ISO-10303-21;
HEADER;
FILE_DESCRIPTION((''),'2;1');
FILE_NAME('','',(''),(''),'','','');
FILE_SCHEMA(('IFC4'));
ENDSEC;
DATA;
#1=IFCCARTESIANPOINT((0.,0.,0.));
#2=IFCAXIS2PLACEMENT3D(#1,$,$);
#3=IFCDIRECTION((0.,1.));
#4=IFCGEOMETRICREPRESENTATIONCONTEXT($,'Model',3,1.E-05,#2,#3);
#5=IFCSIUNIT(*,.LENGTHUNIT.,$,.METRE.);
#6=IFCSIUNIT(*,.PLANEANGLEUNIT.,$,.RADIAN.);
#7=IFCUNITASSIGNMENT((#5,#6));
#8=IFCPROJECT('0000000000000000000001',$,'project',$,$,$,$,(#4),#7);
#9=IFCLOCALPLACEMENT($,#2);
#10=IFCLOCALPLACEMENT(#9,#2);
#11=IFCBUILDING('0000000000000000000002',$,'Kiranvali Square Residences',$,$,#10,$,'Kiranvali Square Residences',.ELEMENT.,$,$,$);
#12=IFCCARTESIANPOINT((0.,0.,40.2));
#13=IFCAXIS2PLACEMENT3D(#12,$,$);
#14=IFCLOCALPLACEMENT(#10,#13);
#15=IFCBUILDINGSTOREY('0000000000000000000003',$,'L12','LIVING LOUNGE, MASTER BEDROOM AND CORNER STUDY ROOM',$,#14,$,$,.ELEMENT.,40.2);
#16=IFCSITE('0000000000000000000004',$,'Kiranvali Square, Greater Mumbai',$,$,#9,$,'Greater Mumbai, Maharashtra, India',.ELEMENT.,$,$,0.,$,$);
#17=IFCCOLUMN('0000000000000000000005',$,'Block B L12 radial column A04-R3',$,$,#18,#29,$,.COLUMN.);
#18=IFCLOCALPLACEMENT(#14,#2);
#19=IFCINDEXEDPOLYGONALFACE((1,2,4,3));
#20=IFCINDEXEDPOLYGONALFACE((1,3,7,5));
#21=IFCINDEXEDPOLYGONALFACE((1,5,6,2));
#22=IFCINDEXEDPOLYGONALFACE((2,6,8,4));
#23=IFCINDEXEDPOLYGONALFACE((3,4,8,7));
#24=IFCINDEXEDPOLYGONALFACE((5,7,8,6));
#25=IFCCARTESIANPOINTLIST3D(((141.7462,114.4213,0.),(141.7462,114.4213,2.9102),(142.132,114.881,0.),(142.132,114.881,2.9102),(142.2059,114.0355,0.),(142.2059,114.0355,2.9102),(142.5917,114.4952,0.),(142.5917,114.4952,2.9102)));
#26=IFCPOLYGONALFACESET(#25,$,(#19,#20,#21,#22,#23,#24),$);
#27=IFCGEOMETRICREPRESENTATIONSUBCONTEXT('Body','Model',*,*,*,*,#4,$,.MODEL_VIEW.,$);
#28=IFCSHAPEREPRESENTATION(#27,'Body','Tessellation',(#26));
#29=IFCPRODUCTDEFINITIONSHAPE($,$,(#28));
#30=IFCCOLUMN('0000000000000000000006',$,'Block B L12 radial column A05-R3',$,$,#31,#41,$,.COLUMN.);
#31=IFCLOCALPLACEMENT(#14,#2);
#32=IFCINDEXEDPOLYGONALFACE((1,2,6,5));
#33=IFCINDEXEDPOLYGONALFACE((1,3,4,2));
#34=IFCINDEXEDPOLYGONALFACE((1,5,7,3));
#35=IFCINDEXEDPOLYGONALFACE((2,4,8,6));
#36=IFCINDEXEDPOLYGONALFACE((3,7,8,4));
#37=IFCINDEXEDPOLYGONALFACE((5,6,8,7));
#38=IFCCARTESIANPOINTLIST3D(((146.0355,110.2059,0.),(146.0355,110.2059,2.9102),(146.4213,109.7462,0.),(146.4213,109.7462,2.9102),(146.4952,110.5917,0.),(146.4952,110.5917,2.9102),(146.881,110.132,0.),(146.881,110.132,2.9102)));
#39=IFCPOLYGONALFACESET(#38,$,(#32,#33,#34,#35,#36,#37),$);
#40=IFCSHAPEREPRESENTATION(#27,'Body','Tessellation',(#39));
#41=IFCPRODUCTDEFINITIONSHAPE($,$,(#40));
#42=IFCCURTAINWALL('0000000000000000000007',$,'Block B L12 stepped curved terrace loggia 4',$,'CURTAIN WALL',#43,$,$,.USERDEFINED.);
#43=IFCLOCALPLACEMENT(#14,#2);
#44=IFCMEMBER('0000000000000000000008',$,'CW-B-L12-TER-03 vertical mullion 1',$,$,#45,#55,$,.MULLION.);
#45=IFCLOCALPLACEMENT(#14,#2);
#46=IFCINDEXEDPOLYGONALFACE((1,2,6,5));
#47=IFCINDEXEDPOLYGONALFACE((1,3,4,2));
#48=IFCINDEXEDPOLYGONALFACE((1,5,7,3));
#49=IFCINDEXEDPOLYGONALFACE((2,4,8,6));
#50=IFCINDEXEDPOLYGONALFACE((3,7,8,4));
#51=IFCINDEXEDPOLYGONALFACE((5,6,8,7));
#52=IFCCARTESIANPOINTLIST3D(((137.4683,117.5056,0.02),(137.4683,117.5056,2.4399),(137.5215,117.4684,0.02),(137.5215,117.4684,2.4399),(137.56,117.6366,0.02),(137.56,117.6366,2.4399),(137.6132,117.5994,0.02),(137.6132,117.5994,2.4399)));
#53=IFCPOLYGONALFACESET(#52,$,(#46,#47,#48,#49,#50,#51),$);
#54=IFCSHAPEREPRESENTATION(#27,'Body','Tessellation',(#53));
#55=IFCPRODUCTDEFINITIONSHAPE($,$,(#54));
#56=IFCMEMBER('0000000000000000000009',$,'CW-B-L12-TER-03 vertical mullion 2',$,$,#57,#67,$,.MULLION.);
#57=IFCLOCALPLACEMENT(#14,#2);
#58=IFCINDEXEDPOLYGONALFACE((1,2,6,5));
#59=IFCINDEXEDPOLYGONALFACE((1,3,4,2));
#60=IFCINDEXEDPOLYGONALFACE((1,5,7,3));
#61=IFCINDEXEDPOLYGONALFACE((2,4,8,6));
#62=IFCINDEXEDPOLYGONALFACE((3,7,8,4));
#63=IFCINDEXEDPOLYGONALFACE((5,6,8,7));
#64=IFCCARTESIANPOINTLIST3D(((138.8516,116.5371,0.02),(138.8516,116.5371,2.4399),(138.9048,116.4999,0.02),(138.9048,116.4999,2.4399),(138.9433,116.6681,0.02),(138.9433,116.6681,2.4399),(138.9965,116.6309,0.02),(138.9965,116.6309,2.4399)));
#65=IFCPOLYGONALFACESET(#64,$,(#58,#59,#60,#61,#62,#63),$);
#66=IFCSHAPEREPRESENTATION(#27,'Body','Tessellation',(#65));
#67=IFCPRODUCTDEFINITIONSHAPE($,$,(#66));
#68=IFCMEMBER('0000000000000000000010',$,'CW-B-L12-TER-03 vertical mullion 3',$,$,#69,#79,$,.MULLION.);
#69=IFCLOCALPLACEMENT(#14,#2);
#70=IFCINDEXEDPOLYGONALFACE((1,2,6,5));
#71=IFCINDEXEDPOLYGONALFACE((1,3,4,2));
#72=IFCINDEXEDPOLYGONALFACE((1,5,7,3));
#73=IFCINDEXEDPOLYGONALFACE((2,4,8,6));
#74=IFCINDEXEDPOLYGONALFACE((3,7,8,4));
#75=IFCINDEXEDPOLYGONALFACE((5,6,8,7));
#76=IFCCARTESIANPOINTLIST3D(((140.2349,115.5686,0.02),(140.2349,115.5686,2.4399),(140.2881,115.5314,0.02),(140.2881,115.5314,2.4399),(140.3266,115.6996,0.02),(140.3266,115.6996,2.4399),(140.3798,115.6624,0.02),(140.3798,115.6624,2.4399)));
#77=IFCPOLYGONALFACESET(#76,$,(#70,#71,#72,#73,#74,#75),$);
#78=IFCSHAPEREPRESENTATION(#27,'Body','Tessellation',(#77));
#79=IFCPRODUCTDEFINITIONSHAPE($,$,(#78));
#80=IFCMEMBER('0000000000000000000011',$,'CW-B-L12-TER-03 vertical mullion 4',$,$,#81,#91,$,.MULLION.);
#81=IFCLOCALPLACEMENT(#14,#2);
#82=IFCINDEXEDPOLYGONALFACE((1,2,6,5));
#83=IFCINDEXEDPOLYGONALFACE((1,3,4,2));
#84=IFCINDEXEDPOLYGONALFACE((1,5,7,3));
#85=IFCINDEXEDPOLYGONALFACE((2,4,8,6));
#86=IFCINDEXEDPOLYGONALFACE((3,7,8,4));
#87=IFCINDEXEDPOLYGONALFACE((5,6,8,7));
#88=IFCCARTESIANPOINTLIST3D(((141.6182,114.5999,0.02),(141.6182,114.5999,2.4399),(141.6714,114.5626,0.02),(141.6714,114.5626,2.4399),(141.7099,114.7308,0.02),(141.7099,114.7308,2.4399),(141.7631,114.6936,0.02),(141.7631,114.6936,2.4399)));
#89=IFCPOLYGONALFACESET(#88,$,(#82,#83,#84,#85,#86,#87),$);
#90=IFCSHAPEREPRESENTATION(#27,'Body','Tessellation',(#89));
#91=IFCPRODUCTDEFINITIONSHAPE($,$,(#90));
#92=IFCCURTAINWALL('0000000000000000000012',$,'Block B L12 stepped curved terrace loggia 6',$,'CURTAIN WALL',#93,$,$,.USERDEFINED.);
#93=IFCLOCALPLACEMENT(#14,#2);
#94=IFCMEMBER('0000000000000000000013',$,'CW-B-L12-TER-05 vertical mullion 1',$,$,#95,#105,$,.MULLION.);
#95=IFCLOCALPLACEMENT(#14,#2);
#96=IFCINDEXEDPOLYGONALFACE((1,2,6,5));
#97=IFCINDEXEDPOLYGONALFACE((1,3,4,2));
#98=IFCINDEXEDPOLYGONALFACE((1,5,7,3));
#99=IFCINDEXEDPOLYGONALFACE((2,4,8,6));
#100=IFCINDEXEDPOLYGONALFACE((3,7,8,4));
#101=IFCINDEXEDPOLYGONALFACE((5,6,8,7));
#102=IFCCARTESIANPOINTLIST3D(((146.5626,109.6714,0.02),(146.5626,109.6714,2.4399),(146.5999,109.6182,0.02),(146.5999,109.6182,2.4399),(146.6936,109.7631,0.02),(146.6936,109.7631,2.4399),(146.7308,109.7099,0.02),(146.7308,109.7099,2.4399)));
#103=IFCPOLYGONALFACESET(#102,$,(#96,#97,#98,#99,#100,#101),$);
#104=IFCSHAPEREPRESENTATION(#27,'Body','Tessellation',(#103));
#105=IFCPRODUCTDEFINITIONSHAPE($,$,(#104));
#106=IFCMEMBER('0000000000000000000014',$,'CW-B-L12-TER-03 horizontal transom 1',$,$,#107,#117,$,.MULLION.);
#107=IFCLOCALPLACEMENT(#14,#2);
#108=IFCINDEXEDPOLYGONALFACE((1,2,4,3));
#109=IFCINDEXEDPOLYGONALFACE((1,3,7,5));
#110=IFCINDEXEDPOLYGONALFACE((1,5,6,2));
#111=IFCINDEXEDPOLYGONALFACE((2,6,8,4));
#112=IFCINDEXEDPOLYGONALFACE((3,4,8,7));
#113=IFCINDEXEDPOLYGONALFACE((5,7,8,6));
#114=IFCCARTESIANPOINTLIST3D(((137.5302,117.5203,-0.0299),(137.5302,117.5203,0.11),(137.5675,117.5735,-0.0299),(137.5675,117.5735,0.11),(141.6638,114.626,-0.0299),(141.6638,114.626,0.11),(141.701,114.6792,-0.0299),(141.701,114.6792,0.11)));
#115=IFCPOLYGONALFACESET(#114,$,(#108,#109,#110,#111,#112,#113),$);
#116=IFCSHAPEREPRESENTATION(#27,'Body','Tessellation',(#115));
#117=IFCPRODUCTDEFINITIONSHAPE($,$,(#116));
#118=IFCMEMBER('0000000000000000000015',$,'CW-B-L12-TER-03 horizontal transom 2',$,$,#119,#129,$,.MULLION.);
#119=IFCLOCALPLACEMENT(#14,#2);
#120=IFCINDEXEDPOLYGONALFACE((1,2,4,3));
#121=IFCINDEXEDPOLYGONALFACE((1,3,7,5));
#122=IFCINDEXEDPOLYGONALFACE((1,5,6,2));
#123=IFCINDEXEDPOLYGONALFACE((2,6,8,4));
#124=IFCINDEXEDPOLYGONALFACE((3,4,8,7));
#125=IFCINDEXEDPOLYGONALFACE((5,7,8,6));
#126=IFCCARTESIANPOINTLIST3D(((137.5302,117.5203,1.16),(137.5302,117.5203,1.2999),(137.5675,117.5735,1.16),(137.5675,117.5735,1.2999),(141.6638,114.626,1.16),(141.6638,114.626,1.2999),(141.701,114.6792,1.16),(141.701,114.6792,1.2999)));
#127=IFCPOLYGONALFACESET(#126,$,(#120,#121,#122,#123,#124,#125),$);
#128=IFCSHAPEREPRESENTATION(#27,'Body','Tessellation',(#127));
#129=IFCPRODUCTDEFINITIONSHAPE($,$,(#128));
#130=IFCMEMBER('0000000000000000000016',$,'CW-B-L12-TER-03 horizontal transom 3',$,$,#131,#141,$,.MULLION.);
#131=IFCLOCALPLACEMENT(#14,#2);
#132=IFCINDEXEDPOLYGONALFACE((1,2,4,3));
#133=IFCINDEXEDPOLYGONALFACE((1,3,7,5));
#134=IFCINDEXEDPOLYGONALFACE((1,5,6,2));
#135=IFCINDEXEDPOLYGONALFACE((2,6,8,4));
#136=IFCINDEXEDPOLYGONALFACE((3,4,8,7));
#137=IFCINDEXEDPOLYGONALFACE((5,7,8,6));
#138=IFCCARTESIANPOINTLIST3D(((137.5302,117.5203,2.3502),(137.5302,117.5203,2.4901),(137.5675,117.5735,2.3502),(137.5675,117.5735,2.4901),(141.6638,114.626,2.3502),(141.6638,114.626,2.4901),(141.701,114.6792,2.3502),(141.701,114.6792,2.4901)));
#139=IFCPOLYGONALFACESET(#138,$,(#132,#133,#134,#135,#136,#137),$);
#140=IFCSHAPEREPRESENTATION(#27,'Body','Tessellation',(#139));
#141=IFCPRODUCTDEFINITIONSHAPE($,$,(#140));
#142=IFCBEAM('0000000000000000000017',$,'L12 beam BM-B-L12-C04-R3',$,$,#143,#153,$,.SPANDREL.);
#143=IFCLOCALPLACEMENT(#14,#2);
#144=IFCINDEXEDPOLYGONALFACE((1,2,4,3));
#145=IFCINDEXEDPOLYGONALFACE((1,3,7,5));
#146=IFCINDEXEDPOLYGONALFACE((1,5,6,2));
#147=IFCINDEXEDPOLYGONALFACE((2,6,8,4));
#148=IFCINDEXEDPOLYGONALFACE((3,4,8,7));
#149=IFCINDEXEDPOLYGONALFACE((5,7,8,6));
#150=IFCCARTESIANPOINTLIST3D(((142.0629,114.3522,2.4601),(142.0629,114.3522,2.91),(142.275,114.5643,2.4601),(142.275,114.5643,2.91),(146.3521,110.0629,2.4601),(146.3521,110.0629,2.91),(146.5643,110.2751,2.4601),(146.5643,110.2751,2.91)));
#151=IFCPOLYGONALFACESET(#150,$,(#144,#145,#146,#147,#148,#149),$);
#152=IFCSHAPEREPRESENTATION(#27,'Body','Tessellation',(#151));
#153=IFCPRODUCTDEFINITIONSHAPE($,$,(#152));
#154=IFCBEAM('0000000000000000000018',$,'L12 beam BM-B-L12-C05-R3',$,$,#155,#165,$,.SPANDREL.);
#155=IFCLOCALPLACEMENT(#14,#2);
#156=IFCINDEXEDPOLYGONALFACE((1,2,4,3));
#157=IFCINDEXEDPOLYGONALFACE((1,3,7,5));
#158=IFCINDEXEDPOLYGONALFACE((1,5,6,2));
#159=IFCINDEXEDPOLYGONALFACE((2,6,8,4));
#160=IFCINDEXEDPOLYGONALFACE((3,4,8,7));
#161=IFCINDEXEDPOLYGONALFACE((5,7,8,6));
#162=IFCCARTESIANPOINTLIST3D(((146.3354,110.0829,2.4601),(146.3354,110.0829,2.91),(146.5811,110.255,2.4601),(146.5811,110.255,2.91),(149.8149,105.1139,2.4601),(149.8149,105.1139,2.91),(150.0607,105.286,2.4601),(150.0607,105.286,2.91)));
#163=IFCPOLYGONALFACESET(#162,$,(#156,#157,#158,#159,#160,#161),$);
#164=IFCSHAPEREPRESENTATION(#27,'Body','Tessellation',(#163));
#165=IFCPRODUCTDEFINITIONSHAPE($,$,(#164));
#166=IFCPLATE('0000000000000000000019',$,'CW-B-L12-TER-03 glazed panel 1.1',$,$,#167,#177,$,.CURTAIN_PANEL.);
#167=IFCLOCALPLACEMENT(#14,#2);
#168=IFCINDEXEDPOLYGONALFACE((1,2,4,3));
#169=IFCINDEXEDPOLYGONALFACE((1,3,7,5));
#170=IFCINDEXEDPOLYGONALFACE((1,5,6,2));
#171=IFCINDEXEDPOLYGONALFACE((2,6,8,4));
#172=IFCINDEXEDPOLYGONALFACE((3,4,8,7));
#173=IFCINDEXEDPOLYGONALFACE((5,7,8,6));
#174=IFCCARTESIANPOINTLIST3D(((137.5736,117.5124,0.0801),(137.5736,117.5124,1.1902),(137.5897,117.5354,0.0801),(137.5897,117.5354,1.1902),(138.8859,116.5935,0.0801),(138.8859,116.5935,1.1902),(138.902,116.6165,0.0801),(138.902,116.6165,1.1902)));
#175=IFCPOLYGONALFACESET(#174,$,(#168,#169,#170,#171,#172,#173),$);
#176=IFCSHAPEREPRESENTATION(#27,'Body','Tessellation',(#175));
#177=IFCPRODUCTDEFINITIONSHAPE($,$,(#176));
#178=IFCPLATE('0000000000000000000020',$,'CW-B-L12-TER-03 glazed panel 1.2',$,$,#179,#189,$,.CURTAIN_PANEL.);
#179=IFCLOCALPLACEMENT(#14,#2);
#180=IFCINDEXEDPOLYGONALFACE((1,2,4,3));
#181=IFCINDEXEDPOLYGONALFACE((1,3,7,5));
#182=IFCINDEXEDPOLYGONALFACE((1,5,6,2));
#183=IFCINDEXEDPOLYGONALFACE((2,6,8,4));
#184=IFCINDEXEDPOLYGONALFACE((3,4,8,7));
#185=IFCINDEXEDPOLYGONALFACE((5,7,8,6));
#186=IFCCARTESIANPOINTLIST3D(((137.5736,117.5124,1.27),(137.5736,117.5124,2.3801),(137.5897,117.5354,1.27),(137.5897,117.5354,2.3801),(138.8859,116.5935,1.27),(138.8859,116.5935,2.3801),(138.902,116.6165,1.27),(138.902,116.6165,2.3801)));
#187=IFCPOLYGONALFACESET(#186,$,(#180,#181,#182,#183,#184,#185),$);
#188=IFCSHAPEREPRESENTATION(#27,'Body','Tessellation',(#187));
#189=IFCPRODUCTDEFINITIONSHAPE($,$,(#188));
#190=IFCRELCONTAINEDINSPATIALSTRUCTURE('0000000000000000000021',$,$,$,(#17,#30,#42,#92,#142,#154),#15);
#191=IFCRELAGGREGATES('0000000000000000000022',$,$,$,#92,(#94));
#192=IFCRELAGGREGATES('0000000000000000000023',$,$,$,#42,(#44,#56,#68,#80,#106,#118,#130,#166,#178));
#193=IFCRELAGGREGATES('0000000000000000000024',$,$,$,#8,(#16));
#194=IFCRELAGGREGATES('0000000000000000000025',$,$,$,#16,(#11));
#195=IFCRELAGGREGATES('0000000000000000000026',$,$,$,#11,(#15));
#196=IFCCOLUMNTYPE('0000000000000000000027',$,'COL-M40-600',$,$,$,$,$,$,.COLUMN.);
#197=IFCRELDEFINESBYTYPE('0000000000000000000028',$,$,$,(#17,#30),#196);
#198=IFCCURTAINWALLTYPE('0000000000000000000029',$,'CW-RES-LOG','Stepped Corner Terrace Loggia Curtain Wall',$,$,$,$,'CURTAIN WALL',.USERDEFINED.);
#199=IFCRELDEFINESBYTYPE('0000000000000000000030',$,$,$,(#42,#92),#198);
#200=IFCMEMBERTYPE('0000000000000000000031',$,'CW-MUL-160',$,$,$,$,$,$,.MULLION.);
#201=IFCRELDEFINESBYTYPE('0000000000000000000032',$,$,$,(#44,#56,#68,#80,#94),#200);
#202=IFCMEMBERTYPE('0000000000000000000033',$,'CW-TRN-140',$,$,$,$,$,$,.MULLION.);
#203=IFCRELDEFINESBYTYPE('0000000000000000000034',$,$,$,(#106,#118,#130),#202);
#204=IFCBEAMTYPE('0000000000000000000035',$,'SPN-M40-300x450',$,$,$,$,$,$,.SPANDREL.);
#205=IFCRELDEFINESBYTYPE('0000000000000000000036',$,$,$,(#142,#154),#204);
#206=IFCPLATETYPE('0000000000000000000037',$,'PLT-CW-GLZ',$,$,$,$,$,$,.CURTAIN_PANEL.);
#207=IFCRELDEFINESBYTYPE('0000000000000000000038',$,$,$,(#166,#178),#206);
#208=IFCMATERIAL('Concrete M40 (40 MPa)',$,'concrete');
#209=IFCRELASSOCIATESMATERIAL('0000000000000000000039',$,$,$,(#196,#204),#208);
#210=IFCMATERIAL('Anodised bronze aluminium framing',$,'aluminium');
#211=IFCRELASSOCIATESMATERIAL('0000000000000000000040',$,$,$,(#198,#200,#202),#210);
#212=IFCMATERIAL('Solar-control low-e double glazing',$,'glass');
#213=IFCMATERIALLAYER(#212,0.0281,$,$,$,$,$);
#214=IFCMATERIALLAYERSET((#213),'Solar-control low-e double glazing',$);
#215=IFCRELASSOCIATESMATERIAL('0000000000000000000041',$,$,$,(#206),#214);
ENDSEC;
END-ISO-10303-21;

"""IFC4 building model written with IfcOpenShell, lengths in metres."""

from ifc_helpers import new_model, si_unit, direction, frame, origin, origin_2d, place, context, subcontext, project, spatial, rectangle, extrude, material, layer, layer_set, material_profile, profile_set, type_object, element, aggregate, save


model = new_model("IFC4")

# Units and contexts
model_context = context("Model", 3, precision=1e-05, world=origin(), true_north=direction((0.0, 1.0)))
body_context = subcontext(model_context, "Body", "Model", "MODEL_VIEW")
ifc_project = project(units=[si_unit("LENGTHUNIT", "METRE"), si_unit("PLANEANGLEUNIT", "RADIAN")], contexts=[model_context])

# Site, building, storey
site_placement = place(None, origin())
site = spatial("IfcSite", under=ifc_project, at=site_placement, Name="Kiranvali Square, Greater Mumbai", LongName="Greater Mumbai, Maharashtra, India", CompositionType="ELEMENT", RefElevation=0.0)
building_placement = place(site_placement, origin())
building = spatial("IfcBuilding", under=site, at=building_placement, Name="Kiranvali Square Residences", LongName="Kiranvali Square Residences", CompositionType="ELEMENT")
storey_placement = place(building_placement, frame((0.0, 0.0, 40.2)))
storey = spatial("IfcBuildingStorey", under=building, at=storey_placement, Name="L12", Description="LIVING LOUNGE, MASTER BEDROOM AND CORNER STUDY ROOM", CompositionType="ELEMENT", Elevation=40.2)

# Columns
ifc_material_1 = material(Name="Concrete M40 (40 MPa)", Category="concrete")
ifc_material_profile_1 = material_profile(ifc_material_1, rectangle(XDim=0.6001, YDim=0.6001, at=origin_2d()), Name="RC 600x600")
ifc_profile_set_1 = profile_set([ifc_material_profile_1], Name="Concrete M40 (40 MPa)")
column_type = type_object("IfcColumnType", Name="COL-M40-600", PredefinedType="COLUMN", material=ifc_profile_set_1)
for number, where, z_axis, x_axis, name in (
    (1, (142.1689, 114.4583, 0.0), (0.0, 0.0, 1.0), (-0.766044, 0.642788, 0.0), "Block B L12 radial column A04-R3"),
    (2, (146.4583, 110.1689, 0.0), (0.0, 0.0, 1.0), (-0.642788, 0.766044, 0.0), "Block B L12 radial column A05-R3"),
):
    element("IfcColumn", number, at=place(storey_placement, frame(where, z_axis=z_axis, x_axis=x_axis)), inside=storey, type_object=column_type, Name=name, PredefinedType="COLUMN", context=body_context, shape_type="SweptSolid", body=[
        extrude(rectangle(XDim=0.6001, YDim=0.6001, at=origin_2d()), origin(), (0.0, 0.0, 1.0), 2.9102),
    ])

# Curtain wall, members
ifc_material_2 = material(Name="Anodised bronze aluminium framing", Category="aluminium")
curtain_wall_type = type_object("IfcCurtainWallType", Name="CW-RES-LOG", Description="Stepped Corner Terrace Loggia Curtain Wall", ElementType="CURTAIN WALL", PredefinedType="USERDEFINED", material=ifc_material_2)
curtain_wall_1_placement = place(storey_placement, origin())
curtain_wall_1 = element("IfcCurtainWall", 3, at=curtain_wall_1_placement, inside=storey, type_object=curtain_wall_type, Name="Block B L12 stepped curved terrace loggia 4", ObjectType="CURTAIN WALL", PredefinedType="USERDEFINED")
ifc_material_profile_2 = material_profile(ifc_material_2, rectangle(XDim=0.0649, YDim=0.1599, at=origin_2d()), Name="ALU 65x160")
ifc_profile_set_2 = profile_set([ifc_material_profile_2], Name="Anodised bronze aluminium framing")
member_type_1 = type_object("IfcMemberType", Name="CW-MUL-160", PredefinedType="MULLION", material=ifc_profile_set_2)
member_1_placement = place(storey_placement, frame((137.5408, 117.5525, 0.02), z_axis=(0.0, 0.0, 1.0), x_axis=(0.819152, -0.573576, 0.0)))
member_1 = element("IfcMember", 4, at=member_1_placement, type_object=member_type_1, Name="CW-B-L12-TER-03 vertical mullion 1", PredefinedType="MULLION", context=body_context, shape_type="SweptSolid", body=[
    extrude(rectangle(XDim=0.0649, YDim=0.1599, at=origin_2d()), origin(), (0.0, 0.0, 1.0), 2.4199),
])
member_2_placement = place(storey_placement, frame((138.9241, 116.584, 0.02), z_axis=(0.0, 0.0, 1.0), x_axis=(0.819152, -0.573576, 0.0)))
member_2 = element("IfcMember", 5, at=member_2_placement, type_object=member_type_1, Name="CW-B-L12-TER-03 vertical mullion 2", PredefinedType="MULLION", context=body_context, shape_type="SweptSolid", body=[
    extrude(rectangle(XDim=0.0649, YDim=0.1599, at=origin_2d()), origin(), (0.0, 0.0, 1.0), 2.4199),
])
member_3_placement = place(storey_placement, frame((140.3074, 115.6155, 0.02), z_axis=(0.0, 0.0, 1.0), x_axis=(0.819152, -0.573576, 0.0)))
member_3 = element("IfcMember", 6, at=member_3_placement, type_object=member_type_1, Name="CW-B-L12-TER-03 vertical mullion 3", PredefinedType="MULLION", context=body_context, shape_type="SweptSolid", body=[
    extrude(rectangle(XDim=0.0649, YDim=0.1599, at=origin_2d()), origin(), (0.0, 0.0, 1.0), 2.4199),
])
member_4_placement = place(storey_placement, frame((141.6907, 114.6467, 0.02), z_axis=(0.0, 0.0, 1.0), x_axis=(0.819152, -0.573576, 0.0)))
member_4 = element("IfcMember", 7, at=member_4_placement, type_object=member_type_1, Name="CW-B-L12-TER-03 vertical mullion 4", PredefinedType="MULLION", context=body_context, shape_type="SweptSolid", body=[
    extrude(rectangle(XDim=0.0649, YDim=0.1599, at=origin_2d()), origin(), (0.0, 0.0, 1.0), 2.4199),
])

# Curtain wall, member
curtain_wall_2_placement = place(storey_placement, origin())
curtain_wall_2 = element("IfcCurtainWall", 8, at=curtain_wall_2_placement, inside=storey, type_object=curtain_wall_type, Name="Block B L12 stepped curved terrace loggia 6", ObjectType="CURTAIN WALL", PredefinedType="USERDEFINED")
member_5_placement = place(storey_placement, frame((146.6467, 109.6907, 0.02), z_axis=(0.0, 0.0, 1.0), x_axis=(0.573576, -0.819152, 0.0)))
member_5 = element("IfcMember", 9, at=member_5_placement, type_object=member_type_1, Name="CW-B-L12-TER-05 vertical mullion 1", PredefinedType="MULLION", context=body_context, shape_type="SweptSolid", body=[
    extrude(rectangle(XDim=0.0649, YDim=0.1599, at=origin_2d()), origin(), (0.0, 0.0, 1.0), 2.4199),
])
aggregate(curtain_wall_2, [member_5])

# Members
ifc_material_profile_3 = material_profile(ifc_material_2, rectangle(XDim=0.0649, YDim=0.1399, at=origin_2d()), Name="ALU 65x140")
ifc_profile_set_3 = profile_set([ifc_material_profile_3], Name="Anodised bronze aluminium framing")
member_type_2 = type_object("IfcMemberType", Name="CW-TRN-140", PredefinedType="MULLION", material=ifc_profile_set_3)
member_6_placement = place(storey_placement, frame((137.5488, 117.5469, 0.04), z_axis=(0.819157, -0.573569, 0.0), x_axis=(0.573569, 0.819157, 0.0)))
member_6 = element("IfcMember", 10, at=member_6_placement, type_object=member_type_2, Name="CW-B-L12-TER-03 horizontal transom 1", PredefinedType="MULLION", context=body_context, shape_type="SweptSolid", body=[
    extrude(rectangle(XDim=0.0649, YDim=0.1399, at=origin_2d()), origin(), (0.0, 0.0, 1.0), 5.0461),
])
member_7_placement = place(storey_placement, frame((137.5488, 117.5469, 1.23), z_axis=(0.819157, -0.573569, 0.0), x_axis=(0.573569, 0.819157, 0.0)))
member_7 = element("IfcMember", 11, at=member_7_placement, type_object=member_type_2, Name="CW-B-L12-TER-03 horizontal transom 2", PredefinedType="MULLION", context=body_context, shape_type="SweptSolid", body=[
    extrude(rectangle(XDim=0.0649, YDim=0.1399, at=origin_2d()), origin(), (0.0, 0.0, 1.0), 5.0461),
])
member_8_placement = place(storey_placement, frame((137.5488, 117.5469, 2.4202), z_axis=(0.819157, -0.573569, 0.0), x_axis=(0.573569, 0.819157, 0.0)))
member_8 = element("IfcMember", 12, at=member_8_placement, type_object=member_type_2, Name="CW-B-L12-TER-03 horizontal transom 3", PredefinedType="MULLION", context=body_context, shape_type="SweptSolid", body=[
    extrude(rectangle(XDim=0.0649, YDim=0.1399, at=origin_2d()), origin(), (0.0, 0.0, 1.0), 5.0461),
])

# Beams
ifc_material_profile_4 = material_profile(ifc_material_1, rectangle(XDim=0.3, YDim=0.45, at=origin_2d()), Name="RC 300x450")
ifc_profile_set_4 = profile_set([ifc_material_profile_4], Name="Concrete M40 (40 MPa)")
beam_type = type_object("IfcBeamType", Name="SPN-M40-300x450", PredefinedType="SPANDREL", material=ifc_profile_set_4)
beam_1_placement = place(storey_placement, frame((142.1689, 114.4583, 2.6851), z_axis=(0.707107, -0.707107, 0.0), x_axis=(0.707107, 0.707107, 0.0)))
element("IfcBeam", 13, at=beam_1_placement, inside=storey, type_object=beam_type, Name="L12 beam BM-B-L12-C04-R3", PredefinedType="SPANDREL", context=body_context, shape_type="SweptSolid", body=[
    extrude(rectangle(XDim=0.3, YDim=0.45, at=origin_2d()), origin(), (0.0, 0.0, 1.0), 6.0659),
])
beam_2_placement = place(storey_placement, frame((146.4583, 110.1689, 2.6851), z_axis=(0.573595, -0.819139, 0.0), x_axis=(0.819139, 0.573595, 0.0)))
element("IfcBeam", 14, at=beam_2_placement, inside=storey, type_object=beam_type, Name="L12 beam BM-B-L12-C05-R3", PredefinedType="SPANDREL", context=body_context, shape_type="SweptSolid", body=[
    extrude(rectangle(XDim=0.3, YDim=0.45, at=origin_2d()), origin(), (0.0, 0.0, 1.0), 6.0662),
])

# Plates
ifc_material_3 = material(Name="Solar-control low-e double glazing", Category="glass")
ifc_layer_1 = layer(ifc_material_3, 0.0281)
ifc_layer_set_1 = layer_set([ifc_layer_1], Name="Solar-control low-e double glazing")
plate_type = type_object("IfcPlateType", Name="PLT-CW-GLZ", PredefinedType="CURTAIN_PANEL", material=ifc_layer_set_1)
plate_1_placement = place(storey_placement, frame((138.2378, 117.0645, 0.0801), z_axis=(0.0, 0.0, 1.0), x_axis=(0.819152, -0.573576, 0.0)))
plate_1 = element("IfcPlate", 15, at=plate_1_placement, type_object=plate_type, Name="CW-B-L12-TER-03 glazed panel 1.1", PredefinedType="CURTAIN_PANEL", context=body_context, shape_type="SweptSolid", body=[
    extrude(rectangle(XDim=1.6021, YDim=0.0281, at=origin_2d()), origin(), (0.0, 0.0, 1.0), 1.1101),
])
plate_2_placement = place(storey_placement, frame((138.2378, 117.0645, 1.27), z_axis=(0.0, 0.0, 1.0), x_axis=(0.819152, -0.573576, 0.0)))
plate_2 = element("IfcPlate", 16, at=plate_2_placement, type_object=plate_type, Name="CW-B-L12-TER-03 glazed panel 1.2", PredefinedType="CURTAIN_PANEL", context=body_context, shape_type="SweptSolid", body=[
    extrude(rectangle(XDim=1.6021, YDim=0.0281, at=origin_2d()), origin(), (0.0, 0.0, 1.0), 1.1101),
])
aggregate(curtain_wall_1, [member_1, member_2, member_3, member_4, member_6, member_7, member_8, plate_1, plate_2])

save(model, "model.ifc")
